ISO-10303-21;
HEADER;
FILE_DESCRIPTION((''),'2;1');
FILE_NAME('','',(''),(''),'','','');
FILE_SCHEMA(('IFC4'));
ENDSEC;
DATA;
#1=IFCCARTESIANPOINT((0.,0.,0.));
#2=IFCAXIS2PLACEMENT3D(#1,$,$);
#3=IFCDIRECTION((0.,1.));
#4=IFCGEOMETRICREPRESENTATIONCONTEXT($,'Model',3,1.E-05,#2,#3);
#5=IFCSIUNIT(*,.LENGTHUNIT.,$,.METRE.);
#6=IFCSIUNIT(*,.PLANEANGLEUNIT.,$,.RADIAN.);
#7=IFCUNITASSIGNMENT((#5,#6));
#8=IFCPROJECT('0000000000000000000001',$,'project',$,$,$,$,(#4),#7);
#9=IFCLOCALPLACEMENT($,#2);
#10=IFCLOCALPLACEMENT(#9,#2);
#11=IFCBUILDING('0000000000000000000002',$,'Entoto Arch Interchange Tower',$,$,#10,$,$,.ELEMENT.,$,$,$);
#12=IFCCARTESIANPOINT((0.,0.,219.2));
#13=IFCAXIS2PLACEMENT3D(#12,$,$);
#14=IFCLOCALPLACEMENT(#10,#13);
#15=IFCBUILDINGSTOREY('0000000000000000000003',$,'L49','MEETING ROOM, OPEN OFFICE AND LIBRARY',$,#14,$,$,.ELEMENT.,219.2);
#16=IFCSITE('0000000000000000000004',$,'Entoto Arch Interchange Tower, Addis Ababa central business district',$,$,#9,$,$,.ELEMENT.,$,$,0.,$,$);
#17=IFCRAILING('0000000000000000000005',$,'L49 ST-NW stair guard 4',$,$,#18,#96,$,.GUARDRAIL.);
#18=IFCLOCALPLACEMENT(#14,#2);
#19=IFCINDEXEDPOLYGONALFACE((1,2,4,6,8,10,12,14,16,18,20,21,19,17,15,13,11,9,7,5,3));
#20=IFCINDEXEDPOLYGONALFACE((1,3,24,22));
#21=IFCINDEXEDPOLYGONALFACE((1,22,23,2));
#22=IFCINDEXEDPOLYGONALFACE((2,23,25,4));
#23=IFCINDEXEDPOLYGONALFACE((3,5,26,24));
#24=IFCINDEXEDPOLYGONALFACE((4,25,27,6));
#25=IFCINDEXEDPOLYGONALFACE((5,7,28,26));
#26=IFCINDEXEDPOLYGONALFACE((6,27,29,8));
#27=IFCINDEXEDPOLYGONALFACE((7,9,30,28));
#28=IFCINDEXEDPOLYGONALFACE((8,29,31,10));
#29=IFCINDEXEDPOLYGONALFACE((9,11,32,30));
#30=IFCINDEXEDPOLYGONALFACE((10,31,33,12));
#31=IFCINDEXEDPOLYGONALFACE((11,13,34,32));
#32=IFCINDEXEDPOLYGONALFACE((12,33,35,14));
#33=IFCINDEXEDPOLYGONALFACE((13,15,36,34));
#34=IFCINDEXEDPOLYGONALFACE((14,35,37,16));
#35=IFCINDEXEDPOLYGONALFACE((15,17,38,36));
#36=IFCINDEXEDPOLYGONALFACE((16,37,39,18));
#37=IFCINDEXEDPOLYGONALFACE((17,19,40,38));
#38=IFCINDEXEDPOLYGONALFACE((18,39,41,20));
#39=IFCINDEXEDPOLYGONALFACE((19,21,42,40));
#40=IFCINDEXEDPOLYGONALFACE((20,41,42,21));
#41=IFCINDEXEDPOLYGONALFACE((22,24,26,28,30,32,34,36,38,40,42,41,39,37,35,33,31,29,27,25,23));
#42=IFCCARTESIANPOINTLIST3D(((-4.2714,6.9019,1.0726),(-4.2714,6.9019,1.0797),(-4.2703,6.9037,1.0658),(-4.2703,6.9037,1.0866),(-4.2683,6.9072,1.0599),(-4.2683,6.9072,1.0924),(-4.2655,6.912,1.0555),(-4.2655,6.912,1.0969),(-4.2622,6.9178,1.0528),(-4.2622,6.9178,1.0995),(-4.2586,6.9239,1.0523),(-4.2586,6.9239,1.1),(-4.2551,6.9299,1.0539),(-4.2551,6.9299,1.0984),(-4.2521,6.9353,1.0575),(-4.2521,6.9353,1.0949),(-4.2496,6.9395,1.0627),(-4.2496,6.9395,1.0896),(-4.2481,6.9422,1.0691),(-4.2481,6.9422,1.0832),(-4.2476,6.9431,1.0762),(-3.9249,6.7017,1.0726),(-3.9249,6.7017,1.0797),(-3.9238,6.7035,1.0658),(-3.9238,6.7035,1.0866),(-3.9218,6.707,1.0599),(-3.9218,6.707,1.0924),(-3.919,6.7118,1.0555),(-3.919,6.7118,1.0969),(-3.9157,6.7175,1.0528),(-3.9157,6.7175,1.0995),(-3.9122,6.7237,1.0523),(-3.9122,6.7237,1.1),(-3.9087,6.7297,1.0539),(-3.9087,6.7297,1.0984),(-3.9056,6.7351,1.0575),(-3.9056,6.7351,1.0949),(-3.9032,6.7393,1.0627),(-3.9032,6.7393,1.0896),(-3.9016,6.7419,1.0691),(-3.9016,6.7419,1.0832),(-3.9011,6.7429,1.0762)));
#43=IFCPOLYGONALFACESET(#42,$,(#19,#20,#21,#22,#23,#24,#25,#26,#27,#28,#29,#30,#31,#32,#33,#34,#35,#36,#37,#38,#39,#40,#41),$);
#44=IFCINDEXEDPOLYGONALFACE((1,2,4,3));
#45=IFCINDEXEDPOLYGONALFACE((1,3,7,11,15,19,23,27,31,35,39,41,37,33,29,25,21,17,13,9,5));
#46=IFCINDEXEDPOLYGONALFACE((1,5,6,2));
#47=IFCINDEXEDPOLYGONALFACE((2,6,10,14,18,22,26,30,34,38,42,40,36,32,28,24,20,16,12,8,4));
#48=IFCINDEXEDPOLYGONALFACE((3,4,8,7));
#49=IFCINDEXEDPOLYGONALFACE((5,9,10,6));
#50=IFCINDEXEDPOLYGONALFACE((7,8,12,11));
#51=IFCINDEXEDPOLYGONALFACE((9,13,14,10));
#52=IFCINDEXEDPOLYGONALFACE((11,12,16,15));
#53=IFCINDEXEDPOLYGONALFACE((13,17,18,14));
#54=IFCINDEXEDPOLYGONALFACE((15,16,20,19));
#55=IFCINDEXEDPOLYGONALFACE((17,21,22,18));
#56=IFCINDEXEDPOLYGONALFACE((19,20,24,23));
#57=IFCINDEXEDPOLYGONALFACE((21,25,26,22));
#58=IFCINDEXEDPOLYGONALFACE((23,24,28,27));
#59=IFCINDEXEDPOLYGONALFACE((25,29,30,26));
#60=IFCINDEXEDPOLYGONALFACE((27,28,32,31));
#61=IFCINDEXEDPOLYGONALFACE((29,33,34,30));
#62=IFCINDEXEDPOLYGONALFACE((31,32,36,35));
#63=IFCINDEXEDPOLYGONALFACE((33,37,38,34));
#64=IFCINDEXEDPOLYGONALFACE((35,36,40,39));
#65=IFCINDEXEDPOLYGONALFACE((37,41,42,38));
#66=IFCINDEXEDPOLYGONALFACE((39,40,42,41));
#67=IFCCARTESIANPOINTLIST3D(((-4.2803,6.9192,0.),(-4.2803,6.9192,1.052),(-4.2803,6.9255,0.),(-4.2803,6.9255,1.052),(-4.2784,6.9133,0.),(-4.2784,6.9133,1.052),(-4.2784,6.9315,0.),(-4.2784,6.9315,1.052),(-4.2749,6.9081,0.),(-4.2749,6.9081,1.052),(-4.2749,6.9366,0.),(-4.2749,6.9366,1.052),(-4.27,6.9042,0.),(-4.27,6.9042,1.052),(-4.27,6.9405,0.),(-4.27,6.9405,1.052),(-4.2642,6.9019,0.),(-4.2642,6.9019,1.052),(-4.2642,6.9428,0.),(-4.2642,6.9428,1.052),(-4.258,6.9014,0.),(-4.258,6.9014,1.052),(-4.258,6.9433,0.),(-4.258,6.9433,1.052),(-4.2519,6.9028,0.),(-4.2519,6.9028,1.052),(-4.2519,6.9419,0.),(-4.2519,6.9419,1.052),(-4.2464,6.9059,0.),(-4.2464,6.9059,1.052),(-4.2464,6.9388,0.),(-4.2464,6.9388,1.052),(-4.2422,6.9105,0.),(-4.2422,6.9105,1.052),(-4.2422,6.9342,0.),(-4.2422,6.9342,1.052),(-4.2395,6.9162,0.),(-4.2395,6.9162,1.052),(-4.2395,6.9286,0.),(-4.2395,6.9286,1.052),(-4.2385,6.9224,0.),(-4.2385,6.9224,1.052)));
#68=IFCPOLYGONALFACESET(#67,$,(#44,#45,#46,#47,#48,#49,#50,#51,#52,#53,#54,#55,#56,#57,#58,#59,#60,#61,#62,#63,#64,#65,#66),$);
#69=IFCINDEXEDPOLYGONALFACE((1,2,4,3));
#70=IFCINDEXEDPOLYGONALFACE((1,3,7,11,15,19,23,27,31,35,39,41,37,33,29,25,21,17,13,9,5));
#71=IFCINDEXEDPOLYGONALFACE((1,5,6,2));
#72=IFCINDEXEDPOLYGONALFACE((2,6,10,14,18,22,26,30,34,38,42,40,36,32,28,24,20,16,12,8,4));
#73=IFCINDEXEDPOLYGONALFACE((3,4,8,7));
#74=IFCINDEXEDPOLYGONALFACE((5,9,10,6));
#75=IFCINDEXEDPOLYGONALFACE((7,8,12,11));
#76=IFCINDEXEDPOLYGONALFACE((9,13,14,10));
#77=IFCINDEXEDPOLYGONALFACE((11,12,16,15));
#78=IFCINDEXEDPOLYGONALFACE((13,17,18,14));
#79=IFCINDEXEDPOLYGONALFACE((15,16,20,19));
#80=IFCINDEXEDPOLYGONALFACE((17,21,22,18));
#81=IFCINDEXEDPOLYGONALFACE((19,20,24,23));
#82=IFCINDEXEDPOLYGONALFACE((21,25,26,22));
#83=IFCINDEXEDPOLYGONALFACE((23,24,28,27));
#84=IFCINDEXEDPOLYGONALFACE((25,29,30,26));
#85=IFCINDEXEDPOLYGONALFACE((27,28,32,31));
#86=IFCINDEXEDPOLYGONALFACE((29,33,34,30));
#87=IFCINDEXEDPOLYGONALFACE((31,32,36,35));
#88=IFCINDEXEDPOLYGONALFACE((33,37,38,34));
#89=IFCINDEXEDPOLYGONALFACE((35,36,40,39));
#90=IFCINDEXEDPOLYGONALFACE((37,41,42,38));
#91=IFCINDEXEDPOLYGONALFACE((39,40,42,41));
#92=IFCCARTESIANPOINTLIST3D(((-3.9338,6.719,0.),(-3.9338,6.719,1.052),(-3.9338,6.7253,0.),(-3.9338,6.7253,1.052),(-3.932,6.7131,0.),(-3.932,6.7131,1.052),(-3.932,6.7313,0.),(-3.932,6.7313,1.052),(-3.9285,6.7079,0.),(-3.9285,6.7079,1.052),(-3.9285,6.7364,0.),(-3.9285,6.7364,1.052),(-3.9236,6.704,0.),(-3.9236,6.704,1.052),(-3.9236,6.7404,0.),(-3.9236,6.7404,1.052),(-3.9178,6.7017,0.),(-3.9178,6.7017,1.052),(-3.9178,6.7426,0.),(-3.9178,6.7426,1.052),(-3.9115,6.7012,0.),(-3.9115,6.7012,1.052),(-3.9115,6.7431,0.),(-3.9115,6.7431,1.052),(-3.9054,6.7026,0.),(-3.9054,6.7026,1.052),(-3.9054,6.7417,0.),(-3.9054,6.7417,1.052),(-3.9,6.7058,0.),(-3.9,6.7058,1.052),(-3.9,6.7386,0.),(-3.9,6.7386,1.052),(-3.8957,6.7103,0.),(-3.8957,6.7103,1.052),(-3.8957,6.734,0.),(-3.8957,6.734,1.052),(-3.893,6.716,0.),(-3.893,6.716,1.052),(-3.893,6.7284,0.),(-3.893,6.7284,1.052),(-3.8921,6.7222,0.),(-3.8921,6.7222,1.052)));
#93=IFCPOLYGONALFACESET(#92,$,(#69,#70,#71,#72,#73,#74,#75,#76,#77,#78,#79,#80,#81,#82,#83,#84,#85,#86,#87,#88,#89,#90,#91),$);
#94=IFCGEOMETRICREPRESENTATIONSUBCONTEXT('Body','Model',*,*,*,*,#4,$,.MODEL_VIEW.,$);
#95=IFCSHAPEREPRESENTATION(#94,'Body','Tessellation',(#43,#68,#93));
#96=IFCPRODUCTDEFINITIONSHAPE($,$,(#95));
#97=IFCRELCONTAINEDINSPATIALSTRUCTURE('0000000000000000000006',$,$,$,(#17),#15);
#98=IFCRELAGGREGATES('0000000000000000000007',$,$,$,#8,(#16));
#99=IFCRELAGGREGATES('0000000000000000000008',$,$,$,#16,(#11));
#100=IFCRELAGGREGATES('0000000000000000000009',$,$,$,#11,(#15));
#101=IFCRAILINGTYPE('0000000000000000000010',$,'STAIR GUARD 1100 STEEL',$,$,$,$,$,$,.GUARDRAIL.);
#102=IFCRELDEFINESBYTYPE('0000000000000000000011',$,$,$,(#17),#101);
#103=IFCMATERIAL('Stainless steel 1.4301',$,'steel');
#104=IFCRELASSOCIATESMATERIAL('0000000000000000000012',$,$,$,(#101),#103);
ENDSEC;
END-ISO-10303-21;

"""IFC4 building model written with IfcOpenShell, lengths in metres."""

from ifc_helpers import new_model, si_unit, direction, frame, origin, origin_2d, place, context, subcontext, project, spatial, circle, extrude, material, type_object, element, save


model = new_model("IFC4")

# Units and contexts
model_context = context("Model", 3, precision=1e-05, world=origin(), true_north=direction((0.0, 1.0)))
body_context = subcontext(model_context, "Body", "Model", "MODEL_VIEW")
ifc_project = project(units=[si_unit("LENGTHUNIT", "METRE"), si_unit("PLANEANGLEUNIT", "RADIAN")], contexts=[model_context])

# Site, building, storey
site_placement = place(None, origin())
site = spatial("IfcSite", under=ifc_project, at=site_placement, Name="Entoto Arch Interchange Tower, Addis Ababa central business district", CompositionType="ELEMENT", RefElevation=0.0)
building_placement = place(site_placement, origin())
building = spatial("IfcBuilding", under=site, at=building_placement, Name="Entoto Arch Interchange Tower", CompositionType="ELEMENT")
storey_placement = place(building_placement, frame((0.0, 0.0, 219.2)))
storey = spatial("IfcBuildingStorey", under=building, at=storey_placement, Name="L49", Description="MEETING ROOM, OPEN OFFICE AND LIBRARY", CompositionType="ELEMENT", Elevation=219.2)

# Railing
ifc_material_1 = material(Name="Stainless steel 1.4301", Category="steel")
railing_type_1 = type_object("IfcRailingType", Name="STAIR GUARD 1100 STEEL", PredefinedType="GUARDRAIL", material=ifc_material_1)
railing_1_placement = place(storey_placement, frame((-4.2595, 6.9224, 0.0)))
element("IfcRailing", 1, at=railing_1_placement, inside=storey, type_object=railing_type_1, Name="L49 ST-NW stair guard 4", PredefinedType="GUARDRAIL", context=body_context, shape_type="SweptSolid", body=[
    extrude(circle(Radius=0.0239, at=origin_2d()), frame((0.0, 0.0, 1.0762), z_axis=(0.86583, -0.500339, 0.0), x_axis=(0.500339, 0.86583, 0.0)), (0.0, 0.0, 1.0), 0.4001),
    extrude(circle(Radius=0.021, at=origin_2d()), origin(), (0.0, 0.0, 1.0), 1.052),
    extrude(circle(Radius=0.021, at=origin_2d()), frame((0.3464, -0.2002, 0.0)), (0.0, 0.0, 1.0), 1.052),
])

save(model, "model.ifc")
